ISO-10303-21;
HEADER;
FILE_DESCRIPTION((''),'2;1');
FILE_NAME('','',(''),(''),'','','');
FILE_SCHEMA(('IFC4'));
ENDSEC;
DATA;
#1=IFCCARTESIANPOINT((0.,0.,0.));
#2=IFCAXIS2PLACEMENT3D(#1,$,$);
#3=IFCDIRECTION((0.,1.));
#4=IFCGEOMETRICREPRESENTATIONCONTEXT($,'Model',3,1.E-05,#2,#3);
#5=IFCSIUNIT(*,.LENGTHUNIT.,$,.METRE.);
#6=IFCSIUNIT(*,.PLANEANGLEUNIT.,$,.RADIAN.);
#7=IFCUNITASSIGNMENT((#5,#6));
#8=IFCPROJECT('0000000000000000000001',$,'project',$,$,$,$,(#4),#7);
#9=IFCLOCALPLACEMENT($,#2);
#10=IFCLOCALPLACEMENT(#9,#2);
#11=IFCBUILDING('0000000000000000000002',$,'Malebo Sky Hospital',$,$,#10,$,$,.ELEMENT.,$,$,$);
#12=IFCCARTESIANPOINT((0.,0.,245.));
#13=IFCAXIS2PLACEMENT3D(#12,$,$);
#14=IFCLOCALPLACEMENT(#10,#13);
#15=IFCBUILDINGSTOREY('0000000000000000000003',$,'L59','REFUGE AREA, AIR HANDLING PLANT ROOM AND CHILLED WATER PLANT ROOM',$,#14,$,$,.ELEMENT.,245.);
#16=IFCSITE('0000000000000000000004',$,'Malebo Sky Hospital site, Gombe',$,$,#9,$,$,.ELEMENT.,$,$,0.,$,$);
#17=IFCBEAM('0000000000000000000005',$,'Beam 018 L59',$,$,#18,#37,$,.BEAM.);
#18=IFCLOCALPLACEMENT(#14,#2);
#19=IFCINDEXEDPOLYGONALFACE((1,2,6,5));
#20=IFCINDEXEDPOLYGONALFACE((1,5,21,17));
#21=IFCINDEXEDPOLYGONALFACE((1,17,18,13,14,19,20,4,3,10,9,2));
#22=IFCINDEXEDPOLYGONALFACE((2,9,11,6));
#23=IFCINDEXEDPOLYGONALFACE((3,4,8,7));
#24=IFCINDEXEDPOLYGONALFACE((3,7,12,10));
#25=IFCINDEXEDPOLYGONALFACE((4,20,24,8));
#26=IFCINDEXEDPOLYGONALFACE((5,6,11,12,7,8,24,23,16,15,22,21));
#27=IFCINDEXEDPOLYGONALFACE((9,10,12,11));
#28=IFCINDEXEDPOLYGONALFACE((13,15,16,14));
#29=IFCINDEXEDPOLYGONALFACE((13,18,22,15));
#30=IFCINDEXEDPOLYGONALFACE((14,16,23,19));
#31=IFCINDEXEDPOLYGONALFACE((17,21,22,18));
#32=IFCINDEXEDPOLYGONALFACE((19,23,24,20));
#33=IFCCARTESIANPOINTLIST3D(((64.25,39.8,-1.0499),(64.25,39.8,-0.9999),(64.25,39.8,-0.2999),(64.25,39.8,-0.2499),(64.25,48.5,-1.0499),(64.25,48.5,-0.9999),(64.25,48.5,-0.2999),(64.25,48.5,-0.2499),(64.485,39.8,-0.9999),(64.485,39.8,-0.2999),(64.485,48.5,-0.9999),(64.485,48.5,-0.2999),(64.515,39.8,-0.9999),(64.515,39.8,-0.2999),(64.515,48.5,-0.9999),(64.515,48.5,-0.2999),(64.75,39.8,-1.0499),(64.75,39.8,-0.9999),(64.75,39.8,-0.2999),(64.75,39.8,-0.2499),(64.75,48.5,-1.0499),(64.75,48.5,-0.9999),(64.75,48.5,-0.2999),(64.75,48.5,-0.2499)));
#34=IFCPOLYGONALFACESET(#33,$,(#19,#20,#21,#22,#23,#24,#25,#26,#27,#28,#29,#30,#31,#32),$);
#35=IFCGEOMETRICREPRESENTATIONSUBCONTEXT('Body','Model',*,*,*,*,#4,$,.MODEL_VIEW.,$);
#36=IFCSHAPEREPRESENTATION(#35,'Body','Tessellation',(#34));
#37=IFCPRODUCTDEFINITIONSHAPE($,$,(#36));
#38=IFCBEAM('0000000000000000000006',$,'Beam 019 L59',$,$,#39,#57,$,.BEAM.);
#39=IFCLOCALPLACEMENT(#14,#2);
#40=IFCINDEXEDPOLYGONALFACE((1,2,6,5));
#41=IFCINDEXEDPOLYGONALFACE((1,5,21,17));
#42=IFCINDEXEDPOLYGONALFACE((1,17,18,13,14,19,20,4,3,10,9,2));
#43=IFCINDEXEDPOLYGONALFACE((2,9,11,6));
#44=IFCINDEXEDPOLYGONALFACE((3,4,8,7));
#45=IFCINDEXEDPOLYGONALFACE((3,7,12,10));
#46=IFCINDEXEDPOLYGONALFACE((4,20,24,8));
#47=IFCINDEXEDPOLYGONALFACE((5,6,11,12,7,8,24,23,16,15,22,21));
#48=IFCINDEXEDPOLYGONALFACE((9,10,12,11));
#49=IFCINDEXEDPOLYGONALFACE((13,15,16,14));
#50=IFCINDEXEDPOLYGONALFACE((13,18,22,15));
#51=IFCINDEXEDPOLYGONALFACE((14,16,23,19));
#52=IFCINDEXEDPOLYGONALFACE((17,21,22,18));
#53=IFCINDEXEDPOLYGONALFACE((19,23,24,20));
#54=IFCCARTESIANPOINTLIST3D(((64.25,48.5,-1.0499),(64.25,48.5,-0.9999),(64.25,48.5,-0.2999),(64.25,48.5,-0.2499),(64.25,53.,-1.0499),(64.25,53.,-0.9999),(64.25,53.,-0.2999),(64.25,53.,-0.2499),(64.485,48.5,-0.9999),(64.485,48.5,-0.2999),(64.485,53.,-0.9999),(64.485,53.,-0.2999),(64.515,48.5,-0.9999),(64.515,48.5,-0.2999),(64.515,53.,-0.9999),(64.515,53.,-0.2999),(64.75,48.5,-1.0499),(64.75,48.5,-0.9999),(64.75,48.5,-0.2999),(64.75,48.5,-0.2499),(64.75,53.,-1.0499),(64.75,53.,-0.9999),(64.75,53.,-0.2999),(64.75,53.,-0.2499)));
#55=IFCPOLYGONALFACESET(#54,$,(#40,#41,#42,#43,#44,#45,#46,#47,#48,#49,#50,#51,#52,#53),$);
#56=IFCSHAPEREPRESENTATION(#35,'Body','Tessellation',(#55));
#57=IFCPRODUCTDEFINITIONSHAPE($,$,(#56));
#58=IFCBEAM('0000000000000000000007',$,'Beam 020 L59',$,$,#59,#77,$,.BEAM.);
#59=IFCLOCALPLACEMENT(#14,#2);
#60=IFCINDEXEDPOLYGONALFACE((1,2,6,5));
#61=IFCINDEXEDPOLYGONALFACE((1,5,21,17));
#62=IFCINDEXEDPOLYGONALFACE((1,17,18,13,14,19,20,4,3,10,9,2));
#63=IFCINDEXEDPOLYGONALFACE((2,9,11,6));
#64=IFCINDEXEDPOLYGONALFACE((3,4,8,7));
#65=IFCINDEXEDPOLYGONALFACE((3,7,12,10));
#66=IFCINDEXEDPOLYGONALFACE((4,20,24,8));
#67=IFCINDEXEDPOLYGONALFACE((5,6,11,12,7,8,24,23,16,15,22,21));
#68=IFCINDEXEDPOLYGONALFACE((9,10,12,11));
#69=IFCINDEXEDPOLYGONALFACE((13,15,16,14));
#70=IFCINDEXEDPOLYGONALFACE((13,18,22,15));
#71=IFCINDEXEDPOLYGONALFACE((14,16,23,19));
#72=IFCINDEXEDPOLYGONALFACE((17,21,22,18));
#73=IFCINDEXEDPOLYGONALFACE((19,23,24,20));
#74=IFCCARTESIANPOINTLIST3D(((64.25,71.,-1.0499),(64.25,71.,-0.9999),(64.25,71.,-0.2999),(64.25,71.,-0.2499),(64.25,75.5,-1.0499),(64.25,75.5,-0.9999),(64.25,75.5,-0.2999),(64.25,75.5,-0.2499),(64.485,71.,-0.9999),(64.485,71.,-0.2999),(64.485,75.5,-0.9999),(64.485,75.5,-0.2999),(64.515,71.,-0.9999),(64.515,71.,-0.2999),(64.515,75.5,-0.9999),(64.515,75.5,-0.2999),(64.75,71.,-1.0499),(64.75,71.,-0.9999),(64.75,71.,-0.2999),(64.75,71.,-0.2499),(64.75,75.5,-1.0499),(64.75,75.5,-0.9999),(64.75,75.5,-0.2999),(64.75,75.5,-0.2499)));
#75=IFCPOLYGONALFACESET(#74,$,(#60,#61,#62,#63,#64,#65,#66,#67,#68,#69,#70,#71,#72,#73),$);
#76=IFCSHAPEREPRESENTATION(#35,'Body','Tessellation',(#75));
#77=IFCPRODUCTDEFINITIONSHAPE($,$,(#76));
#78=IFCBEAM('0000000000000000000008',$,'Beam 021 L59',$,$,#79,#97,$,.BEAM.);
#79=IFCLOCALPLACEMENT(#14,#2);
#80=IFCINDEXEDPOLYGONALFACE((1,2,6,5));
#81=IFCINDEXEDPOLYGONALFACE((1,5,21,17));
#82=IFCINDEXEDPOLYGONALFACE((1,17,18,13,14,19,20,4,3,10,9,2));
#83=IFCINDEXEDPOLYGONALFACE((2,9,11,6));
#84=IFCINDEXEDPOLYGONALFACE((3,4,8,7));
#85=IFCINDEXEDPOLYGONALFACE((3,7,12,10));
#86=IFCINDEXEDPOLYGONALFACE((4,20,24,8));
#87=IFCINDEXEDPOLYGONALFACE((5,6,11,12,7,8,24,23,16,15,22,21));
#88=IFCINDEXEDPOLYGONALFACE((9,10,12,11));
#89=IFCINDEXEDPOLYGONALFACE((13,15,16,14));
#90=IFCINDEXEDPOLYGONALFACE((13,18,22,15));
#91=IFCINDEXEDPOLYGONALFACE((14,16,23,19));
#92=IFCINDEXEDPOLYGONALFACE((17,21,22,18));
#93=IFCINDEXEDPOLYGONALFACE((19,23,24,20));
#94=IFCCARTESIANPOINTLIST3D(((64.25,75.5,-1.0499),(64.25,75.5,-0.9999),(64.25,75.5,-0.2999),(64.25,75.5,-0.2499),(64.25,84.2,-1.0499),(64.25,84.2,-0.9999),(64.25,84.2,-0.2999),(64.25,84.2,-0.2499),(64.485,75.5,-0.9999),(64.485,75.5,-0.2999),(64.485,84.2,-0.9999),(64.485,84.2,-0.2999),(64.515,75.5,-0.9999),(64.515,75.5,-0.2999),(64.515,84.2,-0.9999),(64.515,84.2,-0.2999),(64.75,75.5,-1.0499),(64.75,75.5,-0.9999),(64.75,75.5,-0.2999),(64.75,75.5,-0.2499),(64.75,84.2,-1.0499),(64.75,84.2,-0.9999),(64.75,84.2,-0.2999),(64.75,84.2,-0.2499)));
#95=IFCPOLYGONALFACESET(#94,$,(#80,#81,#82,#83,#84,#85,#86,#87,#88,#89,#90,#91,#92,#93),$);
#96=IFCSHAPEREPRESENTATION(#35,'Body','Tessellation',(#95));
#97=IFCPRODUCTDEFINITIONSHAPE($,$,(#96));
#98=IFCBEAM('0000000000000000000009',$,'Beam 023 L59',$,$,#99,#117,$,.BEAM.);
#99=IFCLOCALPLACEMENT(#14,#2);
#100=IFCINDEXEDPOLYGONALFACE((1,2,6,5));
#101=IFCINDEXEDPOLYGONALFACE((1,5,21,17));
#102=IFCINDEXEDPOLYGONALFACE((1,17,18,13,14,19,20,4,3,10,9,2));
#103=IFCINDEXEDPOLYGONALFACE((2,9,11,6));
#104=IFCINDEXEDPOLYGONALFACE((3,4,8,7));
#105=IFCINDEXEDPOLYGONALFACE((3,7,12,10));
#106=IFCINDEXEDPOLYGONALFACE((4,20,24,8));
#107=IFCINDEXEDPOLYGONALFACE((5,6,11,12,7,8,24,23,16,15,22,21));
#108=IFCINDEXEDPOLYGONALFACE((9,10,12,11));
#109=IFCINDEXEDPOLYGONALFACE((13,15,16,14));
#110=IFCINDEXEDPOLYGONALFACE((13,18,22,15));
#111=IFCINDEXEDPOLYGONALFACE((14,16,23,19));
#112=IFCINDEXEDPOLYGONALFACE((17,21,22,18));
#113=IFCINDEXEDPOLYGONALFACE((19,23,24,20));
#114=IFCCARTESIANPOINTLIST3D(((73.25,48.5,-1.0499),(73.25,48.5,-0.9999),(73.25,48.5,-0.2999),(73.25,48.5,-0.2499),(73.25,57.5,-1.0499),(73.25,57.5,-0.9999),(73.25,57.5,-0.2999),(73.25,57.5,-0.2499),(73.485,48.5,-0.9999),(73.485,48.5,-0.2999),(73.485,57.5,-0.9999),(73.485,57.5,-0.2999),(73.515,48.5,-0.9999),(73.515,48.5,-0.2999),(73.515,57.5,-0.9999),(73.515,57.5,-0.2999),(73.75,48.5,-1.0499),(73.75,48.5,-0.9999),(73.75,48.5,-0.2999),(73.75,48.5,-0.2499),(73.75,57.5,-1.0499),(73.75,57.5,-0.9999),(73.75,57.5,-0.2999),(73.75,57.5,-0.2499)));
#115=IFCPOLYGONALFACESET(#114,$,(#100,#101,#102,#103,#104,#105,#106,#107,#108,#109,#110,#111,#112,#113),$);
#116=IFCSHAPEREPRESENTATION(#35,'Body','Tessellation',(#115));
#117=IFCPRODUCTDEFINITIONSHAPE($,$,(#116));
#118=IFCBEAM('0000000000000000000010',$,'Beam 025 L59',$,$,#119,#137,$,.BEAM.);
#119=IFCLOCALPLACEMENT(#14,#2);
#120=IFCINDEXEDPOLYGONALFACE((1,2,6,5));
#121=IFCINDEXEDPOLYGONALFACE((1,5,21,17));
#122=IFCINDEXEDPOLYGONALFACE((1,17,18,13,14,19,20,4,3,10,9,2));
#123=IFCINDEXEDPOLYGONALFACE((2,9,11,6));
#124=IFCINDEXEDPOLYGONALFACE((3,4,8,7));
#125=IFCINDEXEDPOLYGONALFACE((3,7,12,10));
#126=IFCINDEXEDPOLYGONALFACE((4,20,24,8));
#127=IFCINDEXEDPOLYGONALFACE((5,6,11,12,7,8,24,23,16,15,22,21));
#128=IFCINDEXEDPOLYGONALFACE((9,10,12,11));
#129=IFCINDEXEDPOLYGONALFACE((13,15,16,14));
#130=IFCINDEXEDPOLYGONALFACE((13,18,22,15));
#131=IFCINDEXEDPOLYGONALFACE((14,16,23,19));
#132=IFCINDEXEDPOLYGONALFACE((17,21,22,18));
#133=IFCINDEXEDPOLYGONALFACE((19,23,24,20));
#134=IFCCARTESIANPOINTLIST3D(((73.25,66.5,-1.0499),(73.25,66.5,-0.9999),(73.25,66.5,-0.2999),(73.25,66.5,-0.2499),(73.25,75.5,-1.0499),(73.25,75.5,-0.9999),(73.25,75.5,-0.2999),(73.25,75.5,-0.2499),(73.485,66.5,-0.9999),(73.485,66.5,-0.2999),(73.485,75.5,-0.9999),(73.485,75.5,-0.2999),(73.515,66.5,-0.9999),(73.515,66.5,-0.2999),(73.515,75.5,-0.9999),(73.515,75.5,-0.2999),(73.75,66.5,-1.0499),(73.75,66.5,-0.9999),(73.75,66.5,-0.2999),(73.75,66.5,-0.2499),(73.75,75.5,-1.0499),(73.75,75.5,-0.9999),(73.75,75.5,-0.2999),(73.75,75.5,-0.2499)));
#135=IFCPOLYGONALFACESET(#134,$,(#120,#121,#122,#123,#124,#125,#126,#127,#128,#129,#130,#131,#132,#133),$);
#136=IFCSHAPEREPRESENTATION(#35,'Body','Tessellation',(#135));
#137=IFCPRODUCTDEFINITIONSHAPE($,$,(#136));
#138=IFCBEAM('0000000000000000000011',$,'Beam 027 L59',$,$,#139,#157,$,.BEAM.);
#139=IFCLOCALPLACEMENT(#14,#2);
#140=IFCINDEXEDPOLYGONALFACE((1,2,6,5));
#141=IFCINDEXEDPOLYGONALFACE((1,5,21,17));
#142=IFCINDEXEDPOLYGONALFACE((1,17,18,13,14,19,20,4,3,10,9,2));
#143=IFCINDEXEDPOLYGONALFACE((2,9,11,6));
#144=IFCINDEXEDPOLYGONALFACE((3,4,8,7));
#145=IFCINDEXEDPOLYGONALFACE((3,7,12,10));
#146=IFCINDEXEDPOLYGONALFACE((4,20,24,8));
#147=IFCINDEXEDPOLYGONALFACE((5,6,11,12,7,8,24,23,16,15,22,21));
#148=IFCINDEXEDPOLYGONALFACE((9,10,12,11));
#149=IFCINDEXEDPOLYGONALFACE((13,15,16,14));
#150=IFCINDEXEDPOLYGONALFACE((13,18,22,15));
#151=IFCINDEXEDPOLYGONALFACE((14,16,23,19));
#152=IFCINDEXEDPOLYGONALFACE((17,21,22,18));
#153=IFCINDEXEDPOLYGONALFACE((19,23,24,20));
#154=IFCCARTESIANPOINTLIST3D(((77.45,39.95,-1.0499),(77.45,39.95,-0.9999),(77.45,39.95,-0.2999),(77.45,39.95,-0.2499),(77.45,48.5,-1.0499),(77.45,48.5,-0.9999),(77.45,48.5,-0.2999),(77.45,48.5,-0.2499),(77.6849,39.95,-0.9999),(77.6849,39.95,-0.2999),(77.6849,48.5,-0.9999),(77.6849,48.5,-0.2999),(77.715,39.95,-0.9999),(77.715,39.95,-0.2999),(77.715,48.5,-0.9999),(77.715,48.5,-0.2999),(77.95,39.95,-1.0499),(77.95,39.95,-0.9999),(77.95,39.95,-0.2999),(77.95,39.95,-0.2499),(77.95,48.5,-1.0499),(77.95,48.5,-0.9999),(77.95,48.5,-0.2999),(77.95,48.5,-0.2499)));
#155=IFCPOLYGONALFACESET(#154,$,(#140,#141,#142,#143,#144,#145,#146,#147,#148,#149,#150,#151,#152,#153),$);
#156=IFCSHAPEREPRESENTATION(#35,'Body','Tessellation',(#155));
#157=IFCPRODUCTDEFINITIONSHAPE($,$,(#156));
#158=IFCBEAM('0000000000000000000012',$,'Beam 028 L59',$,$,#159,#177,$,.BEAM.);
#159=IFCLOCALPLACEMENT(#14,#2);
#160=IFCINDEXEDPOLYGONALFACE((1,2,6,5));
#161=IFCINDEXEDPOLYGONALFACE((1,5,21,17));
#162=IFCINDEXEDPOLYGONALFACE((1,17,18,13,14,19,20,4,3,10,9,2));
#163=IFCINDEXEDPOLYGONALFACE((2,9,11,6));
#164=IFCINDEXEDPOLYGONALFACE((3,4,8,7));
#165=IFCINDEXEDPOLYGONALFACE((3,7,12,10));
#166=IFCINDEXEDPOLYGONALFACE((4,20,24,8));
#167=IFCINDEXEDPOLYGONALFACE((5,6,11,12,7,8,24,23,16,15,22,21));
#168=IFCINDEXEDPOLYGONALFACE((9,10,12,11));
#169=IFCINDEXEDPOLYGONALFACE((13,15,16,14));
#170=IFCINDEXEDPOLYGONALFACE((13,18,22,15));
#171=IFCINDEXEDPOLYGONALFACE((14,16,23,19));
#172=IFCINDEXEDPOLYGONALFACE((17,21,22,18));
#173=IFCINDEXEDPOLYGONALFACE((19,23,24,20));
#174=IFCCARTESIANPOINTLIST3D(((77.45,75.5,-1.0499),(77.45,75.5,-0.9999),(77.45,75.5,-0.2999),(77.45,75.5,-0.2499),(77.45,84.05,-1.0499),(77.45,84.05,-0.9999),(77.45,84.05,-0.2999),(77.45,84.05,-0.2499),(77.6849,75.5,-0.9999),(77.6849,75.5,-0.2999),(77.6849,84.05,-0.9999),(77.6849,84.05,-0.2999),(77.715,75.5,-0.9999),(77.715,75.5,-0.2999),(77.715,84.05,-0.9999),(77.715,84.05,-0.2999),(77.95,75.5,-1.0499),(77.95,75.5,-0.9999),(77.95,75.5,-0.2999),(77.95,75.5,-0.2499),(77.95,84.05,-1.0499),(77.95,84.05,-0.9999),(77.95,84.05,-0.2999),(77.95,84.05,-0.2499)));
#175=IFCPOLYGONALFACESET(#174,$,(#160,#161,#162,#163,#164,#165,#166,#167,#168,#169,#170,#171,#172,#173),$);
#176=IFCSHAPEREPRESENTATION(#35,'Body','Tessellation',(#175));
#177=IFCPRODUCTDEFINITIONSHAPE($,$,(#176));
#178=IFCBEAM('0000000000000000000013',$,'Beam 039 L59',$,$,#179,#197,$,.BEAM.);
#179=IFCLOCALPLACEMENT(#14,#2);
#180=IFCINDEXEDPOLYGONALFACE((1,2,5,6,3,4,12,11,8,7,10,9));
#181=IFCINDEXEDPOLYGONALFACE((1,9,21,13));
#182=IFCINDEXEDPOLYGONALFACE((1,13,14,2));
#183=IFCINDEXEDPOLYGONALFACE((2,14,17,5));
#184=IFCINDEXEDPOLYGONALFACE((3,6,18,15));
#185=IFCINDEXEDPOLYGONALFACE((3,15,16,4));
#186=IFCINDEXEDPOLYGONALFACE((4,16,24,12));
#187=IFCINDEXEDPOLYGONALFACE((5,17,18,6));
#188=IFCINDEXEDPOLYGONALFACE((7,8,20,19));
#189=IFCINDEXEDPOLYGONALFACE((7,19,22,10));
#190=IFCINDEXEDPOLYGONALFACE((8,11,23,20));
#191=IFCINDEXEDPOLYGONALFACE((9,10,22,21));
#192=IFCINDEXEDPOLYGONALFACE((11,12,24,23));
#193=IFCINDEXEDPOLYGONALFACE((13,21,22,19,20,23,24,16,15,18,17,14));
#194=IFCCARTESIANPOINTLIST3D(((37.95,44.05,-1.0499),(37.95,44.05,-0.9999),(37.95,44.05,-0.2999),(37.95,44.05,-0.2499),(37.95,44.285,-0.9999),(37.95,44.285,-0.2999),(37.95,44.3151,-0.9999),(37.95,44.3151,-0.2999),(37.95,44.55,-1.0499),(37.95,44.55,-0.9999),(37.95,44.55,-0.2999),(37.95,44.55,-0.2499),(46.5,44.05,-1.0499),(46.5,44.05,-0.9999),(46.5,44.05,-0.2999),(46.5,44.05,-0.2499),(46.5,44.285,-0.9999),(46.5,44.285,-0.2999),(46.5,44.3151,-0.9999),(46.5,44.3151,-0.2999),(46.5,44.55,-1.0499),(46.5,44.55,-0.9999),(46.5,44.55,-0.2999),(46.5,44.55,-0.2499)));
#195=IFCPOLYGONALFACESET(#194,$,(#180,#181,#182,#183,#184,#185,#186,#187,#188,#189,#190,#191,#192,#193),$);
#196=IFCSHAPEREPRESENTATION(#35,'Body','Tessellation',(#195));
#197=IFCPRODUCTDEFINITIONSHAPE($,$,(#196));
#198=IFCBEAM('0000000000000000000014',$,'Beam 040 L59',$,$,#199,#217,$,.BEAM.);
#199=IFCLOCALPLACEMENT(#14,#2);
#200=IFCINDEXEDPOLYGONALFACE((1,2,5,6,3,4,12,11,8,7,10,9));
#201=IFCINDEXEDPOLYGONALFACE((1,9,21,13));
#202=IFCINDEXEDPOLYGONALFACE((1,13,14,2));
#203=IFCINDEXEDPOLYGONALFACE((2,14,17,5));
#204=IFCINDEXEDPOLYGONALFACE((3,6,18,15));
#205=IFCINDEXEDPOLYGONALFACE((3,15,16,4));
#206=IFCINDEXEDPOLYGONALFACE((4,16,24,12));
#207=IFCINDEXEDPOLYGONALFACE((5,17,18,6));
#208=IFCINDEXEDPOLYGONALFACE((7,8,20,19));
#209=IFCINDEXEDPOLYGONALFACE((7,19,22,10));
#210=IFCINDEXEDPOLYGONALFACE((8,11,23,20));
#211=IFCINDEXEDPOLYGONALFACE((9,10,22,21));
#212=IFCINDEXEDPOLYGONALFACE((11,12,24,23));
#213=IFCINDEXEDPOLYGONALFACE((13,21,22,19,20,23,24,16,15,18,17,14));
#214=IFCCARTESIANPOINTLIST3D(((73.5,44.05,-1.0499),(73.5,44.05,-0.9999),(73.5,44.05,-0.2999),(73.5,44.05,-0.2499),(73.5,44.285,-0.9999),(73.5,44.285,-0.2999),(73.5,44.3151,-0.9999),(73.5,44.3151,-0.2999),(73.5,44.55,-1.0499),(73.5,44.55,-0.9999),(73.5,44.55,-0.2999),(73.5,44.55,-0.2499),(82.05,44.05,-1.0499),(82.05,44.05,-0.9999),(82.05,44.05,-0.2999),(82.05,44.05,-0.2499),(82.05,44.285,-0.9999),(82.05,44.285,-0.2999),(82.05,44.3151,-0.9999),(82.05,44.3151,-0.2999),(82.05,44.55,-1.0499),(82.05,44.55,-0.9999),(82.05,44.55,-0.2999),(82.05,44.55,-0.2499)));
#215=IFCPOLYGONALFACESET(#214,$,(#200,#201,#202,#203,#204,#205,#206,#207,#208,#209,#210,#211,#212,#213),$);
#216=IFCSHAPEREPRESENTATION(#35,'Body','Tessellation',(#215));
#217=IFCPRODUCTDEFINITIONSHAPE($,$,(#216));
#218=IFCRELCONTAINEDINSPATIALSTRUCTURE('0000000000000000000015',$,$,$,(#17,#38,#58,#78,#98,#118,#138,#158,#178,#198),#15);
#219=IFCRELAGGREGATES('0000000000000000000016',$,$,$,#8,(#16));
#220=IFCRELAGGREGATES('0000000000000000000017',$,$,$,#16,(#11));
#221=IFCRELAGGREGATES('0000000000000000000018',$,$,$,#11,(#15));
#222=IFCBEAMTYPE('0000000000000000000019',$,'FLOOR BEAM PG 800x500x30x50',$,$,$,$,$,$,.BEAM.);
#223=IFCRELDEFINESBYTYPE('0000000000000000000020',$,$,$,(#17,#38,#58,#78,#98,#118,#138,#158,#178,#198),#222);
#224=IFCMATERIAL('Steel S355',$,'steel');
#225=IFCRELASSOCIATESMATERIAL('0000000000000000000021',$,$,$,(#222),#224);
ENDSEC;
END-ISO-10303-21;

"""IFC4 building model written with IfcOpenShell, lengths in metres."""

from ifc_helpers import new_model, si_unit, direction, frame, origin, origin_2d, place, context, subcontext, project, spatial, i_section, extrude, material, material_profile, profile_set, type_object, element, save


model = new_model("IFC4")

# Units and contexts
model_context = context("Model", 3, precision=1e-05, world=origin(), true_north=direction((0.0, 1.0)))
body_context = subcontext(model_context, "Body", "Model", "MODEL_VIEW")
ifc_project = project(units=[si_unit("LENGTHUNIT", "METRE"), si_unit("PLANEANGLEUNIT", "RADIAN")], contexts=[model_context])

# Site, building, storey
site_placement = place(None, origin())
site = spatial("IfcSite", under=ifc_project, at=site_placement, Name="Malebo Sky Hospital site, Gombe", CompositionType="ELEMENT", RefElevation=0.0)
building_placement = place(site_placement, origin())
building = spatial("IfcBuilding", under=site, at=building_placement, Name="Malebo Sky Hospital", CompositionType="ELEMENT")
storey_placement = place(building_placement, frame((0.0, 0.0, 245.0)))
storey = spatial("IfcBuildingStorey", under=building, at=storey_placement, Name="L59", Description="REFUGE AREA, AIR HANDLING PLANT ROOM AND CHILLED WATER PLANT ROOM", CompositionType="ELEMENT", Elevation=245.0)

# Beams
ifc_material = material(Name="Steel S355", Category="steel")
ifc_material_profile_1 = material_profile(ifc_material, i_section(OverallWidth=0.5, OverallDepth=0.8, WebThickness=0.03, FlangeThickness=0.05, at=origin_2d()), Name="PG 800x500x30x50")
ifc_profile_set_1 = profile_set([ifc_material_profile_1], Name="Steel S355")
beam_type_1 = type_object("IfcBeamType", Name="FLOOR BEAM PG 800x500x30x50", PredefinedType="BEAM", material=ifc_profile_set_1)
beam_1_placement = place(storey_placement, frame((64.5, 39.8, -0.6499), z_axis=(0.0, 1.0, 0.0), x_axis=(-1.0, 0.0, 0.0)))
element("IfcBeam", 1, at=beam_1_placement, inside=storey, type_object=beam_type_1, Name="Beam 018 L59", PredefinedType="BEAM", context=body_context, shape_type="SweptSolid", body=[
    extrude(i_section(OverallWidth=0.5, OverallDepth=0.8, WebThickness=0.03, FlangeThickness=0.05, at=origin_2d()), origin(), (0.0, 0.0, 1.0), 8.7),
])
for number, where, z_axis, x_axis, name in (
    (2, (64.5, 48.5, -0.6499), (0.0, 1.0, 0.0), (-1.0, 0.0, 0.0), "Beam 019 L59"),
    (3, (64.5, 71.0, -0.6499), (0.0, 1.0, 0.0), (-1.0, 0.0, 0.0), "Beam 020 L59"),
):
    element("IfcBeam", number, at=place(storey_placement, frame(where, z_axis=z_axis, x_axis=x_axis)), inside=storey, type_object=beam_type_1, Name=name, PredefinedType="BEAM", context=body_context, shape_type="SweptSolid", body=[
        extrude(i_section(OverallWidth=0.5, OverallDepth=0.8, WebThickness=0.03, FlangeThickness=0.05, at=origin_2d()), origin(), (0.0, 0.0, 1.0), 4.5),
    ])
beam_2_placement = place(storey_placement, frame((64.5, 75.5, -0.6499), z_axis=(0.0, 1.0, 0.0), x_axis=(-1.0, 0.0, 0.0)))
element("IfcBeam", 4, at=beam_2_placement, inside=storey, type_object=beam_type_1, Name="Beam 021 L59", PredefinedType="BEAM", context=body_context, shape_type="SweptSolid", body=[
    extrude(i_section(OverallWidth=0.5, OverallDepth=0.8, WebThickness=0.03, FlangeThickness=0.05, at=origin_2d()), origin(), (0.0, 0.0, 1.0), 8.7),
])
for number, where, z_axis, x_axis, name in (
    (5, (73.5, 48.5, -0.6499), (0.0, 1.0, 0.0), (-1.0, 0.0, 0.0), "Beam 023 L59"),
    (6, (73.5, 66.5, -0.6499), (0.0, 1.0, 0.0), (-1.0, 0.0, 0.0), "Beam 025 L59"),
):
    element("IfcBeam", number, at=place(storey_placement, frame(where, z_axis=z_axis, x_axis=x_axis)), inside=storey, type_object=beam_type_1, Name=name, PredefinedType="BEAM", context=body_context, shape_type="SweptSolid", body=[
        extrude(i_section(OverallWidth=0.5, OverallDepth=0.8, WebThickness=0.03, FlangeThickness=0.05, at=origin_2d()), origin(), (0.0, 0.0, 1.0), 9.0),
    ])
for number, where, z_axis, x_axis, name in (
    (7, (77.7, 39.95, -0.6499), (0.0, 1.0, 0.0), (-1.0, 0.0, 0.0), "Beam 027 L59"),
    (8, (77.7, 75.5, -0.6499), (0.0, 1.0, 0.0), (-1.0, 0.0, 0.0), "Beam 028 L59"),
    (9, (37.95, 44.3, -0.6499), (1.0, 0.0, 0.0), (0.0, 1.0, 0.0), "Beam 039 L59"),
    (10, (73.5, 44.3, -0.6499), (1.0, 0.0, 0.0), (0.0, 1.0, 0.0), "Beam 040 L59"),
):
    element("IfcBeam", number, at=place(storey_placement, frame(where, z_axis=z_axis, x_axis=x_axis)), inside=storey, type_object=beam_type_1, Name=name, PredefinedType="BEAM", context=body_context, shape_type="SweptSolid", body=[
        extrude(i_section(OverallWidth=0.5, OverallDepth=0.8, WebThickness=0.03, FlangeThickness=0.05, at=origin_2d()), origin(), (0.0, 0.0, 1.0), 8.55),
    ])

save(model, "model.ifc")
